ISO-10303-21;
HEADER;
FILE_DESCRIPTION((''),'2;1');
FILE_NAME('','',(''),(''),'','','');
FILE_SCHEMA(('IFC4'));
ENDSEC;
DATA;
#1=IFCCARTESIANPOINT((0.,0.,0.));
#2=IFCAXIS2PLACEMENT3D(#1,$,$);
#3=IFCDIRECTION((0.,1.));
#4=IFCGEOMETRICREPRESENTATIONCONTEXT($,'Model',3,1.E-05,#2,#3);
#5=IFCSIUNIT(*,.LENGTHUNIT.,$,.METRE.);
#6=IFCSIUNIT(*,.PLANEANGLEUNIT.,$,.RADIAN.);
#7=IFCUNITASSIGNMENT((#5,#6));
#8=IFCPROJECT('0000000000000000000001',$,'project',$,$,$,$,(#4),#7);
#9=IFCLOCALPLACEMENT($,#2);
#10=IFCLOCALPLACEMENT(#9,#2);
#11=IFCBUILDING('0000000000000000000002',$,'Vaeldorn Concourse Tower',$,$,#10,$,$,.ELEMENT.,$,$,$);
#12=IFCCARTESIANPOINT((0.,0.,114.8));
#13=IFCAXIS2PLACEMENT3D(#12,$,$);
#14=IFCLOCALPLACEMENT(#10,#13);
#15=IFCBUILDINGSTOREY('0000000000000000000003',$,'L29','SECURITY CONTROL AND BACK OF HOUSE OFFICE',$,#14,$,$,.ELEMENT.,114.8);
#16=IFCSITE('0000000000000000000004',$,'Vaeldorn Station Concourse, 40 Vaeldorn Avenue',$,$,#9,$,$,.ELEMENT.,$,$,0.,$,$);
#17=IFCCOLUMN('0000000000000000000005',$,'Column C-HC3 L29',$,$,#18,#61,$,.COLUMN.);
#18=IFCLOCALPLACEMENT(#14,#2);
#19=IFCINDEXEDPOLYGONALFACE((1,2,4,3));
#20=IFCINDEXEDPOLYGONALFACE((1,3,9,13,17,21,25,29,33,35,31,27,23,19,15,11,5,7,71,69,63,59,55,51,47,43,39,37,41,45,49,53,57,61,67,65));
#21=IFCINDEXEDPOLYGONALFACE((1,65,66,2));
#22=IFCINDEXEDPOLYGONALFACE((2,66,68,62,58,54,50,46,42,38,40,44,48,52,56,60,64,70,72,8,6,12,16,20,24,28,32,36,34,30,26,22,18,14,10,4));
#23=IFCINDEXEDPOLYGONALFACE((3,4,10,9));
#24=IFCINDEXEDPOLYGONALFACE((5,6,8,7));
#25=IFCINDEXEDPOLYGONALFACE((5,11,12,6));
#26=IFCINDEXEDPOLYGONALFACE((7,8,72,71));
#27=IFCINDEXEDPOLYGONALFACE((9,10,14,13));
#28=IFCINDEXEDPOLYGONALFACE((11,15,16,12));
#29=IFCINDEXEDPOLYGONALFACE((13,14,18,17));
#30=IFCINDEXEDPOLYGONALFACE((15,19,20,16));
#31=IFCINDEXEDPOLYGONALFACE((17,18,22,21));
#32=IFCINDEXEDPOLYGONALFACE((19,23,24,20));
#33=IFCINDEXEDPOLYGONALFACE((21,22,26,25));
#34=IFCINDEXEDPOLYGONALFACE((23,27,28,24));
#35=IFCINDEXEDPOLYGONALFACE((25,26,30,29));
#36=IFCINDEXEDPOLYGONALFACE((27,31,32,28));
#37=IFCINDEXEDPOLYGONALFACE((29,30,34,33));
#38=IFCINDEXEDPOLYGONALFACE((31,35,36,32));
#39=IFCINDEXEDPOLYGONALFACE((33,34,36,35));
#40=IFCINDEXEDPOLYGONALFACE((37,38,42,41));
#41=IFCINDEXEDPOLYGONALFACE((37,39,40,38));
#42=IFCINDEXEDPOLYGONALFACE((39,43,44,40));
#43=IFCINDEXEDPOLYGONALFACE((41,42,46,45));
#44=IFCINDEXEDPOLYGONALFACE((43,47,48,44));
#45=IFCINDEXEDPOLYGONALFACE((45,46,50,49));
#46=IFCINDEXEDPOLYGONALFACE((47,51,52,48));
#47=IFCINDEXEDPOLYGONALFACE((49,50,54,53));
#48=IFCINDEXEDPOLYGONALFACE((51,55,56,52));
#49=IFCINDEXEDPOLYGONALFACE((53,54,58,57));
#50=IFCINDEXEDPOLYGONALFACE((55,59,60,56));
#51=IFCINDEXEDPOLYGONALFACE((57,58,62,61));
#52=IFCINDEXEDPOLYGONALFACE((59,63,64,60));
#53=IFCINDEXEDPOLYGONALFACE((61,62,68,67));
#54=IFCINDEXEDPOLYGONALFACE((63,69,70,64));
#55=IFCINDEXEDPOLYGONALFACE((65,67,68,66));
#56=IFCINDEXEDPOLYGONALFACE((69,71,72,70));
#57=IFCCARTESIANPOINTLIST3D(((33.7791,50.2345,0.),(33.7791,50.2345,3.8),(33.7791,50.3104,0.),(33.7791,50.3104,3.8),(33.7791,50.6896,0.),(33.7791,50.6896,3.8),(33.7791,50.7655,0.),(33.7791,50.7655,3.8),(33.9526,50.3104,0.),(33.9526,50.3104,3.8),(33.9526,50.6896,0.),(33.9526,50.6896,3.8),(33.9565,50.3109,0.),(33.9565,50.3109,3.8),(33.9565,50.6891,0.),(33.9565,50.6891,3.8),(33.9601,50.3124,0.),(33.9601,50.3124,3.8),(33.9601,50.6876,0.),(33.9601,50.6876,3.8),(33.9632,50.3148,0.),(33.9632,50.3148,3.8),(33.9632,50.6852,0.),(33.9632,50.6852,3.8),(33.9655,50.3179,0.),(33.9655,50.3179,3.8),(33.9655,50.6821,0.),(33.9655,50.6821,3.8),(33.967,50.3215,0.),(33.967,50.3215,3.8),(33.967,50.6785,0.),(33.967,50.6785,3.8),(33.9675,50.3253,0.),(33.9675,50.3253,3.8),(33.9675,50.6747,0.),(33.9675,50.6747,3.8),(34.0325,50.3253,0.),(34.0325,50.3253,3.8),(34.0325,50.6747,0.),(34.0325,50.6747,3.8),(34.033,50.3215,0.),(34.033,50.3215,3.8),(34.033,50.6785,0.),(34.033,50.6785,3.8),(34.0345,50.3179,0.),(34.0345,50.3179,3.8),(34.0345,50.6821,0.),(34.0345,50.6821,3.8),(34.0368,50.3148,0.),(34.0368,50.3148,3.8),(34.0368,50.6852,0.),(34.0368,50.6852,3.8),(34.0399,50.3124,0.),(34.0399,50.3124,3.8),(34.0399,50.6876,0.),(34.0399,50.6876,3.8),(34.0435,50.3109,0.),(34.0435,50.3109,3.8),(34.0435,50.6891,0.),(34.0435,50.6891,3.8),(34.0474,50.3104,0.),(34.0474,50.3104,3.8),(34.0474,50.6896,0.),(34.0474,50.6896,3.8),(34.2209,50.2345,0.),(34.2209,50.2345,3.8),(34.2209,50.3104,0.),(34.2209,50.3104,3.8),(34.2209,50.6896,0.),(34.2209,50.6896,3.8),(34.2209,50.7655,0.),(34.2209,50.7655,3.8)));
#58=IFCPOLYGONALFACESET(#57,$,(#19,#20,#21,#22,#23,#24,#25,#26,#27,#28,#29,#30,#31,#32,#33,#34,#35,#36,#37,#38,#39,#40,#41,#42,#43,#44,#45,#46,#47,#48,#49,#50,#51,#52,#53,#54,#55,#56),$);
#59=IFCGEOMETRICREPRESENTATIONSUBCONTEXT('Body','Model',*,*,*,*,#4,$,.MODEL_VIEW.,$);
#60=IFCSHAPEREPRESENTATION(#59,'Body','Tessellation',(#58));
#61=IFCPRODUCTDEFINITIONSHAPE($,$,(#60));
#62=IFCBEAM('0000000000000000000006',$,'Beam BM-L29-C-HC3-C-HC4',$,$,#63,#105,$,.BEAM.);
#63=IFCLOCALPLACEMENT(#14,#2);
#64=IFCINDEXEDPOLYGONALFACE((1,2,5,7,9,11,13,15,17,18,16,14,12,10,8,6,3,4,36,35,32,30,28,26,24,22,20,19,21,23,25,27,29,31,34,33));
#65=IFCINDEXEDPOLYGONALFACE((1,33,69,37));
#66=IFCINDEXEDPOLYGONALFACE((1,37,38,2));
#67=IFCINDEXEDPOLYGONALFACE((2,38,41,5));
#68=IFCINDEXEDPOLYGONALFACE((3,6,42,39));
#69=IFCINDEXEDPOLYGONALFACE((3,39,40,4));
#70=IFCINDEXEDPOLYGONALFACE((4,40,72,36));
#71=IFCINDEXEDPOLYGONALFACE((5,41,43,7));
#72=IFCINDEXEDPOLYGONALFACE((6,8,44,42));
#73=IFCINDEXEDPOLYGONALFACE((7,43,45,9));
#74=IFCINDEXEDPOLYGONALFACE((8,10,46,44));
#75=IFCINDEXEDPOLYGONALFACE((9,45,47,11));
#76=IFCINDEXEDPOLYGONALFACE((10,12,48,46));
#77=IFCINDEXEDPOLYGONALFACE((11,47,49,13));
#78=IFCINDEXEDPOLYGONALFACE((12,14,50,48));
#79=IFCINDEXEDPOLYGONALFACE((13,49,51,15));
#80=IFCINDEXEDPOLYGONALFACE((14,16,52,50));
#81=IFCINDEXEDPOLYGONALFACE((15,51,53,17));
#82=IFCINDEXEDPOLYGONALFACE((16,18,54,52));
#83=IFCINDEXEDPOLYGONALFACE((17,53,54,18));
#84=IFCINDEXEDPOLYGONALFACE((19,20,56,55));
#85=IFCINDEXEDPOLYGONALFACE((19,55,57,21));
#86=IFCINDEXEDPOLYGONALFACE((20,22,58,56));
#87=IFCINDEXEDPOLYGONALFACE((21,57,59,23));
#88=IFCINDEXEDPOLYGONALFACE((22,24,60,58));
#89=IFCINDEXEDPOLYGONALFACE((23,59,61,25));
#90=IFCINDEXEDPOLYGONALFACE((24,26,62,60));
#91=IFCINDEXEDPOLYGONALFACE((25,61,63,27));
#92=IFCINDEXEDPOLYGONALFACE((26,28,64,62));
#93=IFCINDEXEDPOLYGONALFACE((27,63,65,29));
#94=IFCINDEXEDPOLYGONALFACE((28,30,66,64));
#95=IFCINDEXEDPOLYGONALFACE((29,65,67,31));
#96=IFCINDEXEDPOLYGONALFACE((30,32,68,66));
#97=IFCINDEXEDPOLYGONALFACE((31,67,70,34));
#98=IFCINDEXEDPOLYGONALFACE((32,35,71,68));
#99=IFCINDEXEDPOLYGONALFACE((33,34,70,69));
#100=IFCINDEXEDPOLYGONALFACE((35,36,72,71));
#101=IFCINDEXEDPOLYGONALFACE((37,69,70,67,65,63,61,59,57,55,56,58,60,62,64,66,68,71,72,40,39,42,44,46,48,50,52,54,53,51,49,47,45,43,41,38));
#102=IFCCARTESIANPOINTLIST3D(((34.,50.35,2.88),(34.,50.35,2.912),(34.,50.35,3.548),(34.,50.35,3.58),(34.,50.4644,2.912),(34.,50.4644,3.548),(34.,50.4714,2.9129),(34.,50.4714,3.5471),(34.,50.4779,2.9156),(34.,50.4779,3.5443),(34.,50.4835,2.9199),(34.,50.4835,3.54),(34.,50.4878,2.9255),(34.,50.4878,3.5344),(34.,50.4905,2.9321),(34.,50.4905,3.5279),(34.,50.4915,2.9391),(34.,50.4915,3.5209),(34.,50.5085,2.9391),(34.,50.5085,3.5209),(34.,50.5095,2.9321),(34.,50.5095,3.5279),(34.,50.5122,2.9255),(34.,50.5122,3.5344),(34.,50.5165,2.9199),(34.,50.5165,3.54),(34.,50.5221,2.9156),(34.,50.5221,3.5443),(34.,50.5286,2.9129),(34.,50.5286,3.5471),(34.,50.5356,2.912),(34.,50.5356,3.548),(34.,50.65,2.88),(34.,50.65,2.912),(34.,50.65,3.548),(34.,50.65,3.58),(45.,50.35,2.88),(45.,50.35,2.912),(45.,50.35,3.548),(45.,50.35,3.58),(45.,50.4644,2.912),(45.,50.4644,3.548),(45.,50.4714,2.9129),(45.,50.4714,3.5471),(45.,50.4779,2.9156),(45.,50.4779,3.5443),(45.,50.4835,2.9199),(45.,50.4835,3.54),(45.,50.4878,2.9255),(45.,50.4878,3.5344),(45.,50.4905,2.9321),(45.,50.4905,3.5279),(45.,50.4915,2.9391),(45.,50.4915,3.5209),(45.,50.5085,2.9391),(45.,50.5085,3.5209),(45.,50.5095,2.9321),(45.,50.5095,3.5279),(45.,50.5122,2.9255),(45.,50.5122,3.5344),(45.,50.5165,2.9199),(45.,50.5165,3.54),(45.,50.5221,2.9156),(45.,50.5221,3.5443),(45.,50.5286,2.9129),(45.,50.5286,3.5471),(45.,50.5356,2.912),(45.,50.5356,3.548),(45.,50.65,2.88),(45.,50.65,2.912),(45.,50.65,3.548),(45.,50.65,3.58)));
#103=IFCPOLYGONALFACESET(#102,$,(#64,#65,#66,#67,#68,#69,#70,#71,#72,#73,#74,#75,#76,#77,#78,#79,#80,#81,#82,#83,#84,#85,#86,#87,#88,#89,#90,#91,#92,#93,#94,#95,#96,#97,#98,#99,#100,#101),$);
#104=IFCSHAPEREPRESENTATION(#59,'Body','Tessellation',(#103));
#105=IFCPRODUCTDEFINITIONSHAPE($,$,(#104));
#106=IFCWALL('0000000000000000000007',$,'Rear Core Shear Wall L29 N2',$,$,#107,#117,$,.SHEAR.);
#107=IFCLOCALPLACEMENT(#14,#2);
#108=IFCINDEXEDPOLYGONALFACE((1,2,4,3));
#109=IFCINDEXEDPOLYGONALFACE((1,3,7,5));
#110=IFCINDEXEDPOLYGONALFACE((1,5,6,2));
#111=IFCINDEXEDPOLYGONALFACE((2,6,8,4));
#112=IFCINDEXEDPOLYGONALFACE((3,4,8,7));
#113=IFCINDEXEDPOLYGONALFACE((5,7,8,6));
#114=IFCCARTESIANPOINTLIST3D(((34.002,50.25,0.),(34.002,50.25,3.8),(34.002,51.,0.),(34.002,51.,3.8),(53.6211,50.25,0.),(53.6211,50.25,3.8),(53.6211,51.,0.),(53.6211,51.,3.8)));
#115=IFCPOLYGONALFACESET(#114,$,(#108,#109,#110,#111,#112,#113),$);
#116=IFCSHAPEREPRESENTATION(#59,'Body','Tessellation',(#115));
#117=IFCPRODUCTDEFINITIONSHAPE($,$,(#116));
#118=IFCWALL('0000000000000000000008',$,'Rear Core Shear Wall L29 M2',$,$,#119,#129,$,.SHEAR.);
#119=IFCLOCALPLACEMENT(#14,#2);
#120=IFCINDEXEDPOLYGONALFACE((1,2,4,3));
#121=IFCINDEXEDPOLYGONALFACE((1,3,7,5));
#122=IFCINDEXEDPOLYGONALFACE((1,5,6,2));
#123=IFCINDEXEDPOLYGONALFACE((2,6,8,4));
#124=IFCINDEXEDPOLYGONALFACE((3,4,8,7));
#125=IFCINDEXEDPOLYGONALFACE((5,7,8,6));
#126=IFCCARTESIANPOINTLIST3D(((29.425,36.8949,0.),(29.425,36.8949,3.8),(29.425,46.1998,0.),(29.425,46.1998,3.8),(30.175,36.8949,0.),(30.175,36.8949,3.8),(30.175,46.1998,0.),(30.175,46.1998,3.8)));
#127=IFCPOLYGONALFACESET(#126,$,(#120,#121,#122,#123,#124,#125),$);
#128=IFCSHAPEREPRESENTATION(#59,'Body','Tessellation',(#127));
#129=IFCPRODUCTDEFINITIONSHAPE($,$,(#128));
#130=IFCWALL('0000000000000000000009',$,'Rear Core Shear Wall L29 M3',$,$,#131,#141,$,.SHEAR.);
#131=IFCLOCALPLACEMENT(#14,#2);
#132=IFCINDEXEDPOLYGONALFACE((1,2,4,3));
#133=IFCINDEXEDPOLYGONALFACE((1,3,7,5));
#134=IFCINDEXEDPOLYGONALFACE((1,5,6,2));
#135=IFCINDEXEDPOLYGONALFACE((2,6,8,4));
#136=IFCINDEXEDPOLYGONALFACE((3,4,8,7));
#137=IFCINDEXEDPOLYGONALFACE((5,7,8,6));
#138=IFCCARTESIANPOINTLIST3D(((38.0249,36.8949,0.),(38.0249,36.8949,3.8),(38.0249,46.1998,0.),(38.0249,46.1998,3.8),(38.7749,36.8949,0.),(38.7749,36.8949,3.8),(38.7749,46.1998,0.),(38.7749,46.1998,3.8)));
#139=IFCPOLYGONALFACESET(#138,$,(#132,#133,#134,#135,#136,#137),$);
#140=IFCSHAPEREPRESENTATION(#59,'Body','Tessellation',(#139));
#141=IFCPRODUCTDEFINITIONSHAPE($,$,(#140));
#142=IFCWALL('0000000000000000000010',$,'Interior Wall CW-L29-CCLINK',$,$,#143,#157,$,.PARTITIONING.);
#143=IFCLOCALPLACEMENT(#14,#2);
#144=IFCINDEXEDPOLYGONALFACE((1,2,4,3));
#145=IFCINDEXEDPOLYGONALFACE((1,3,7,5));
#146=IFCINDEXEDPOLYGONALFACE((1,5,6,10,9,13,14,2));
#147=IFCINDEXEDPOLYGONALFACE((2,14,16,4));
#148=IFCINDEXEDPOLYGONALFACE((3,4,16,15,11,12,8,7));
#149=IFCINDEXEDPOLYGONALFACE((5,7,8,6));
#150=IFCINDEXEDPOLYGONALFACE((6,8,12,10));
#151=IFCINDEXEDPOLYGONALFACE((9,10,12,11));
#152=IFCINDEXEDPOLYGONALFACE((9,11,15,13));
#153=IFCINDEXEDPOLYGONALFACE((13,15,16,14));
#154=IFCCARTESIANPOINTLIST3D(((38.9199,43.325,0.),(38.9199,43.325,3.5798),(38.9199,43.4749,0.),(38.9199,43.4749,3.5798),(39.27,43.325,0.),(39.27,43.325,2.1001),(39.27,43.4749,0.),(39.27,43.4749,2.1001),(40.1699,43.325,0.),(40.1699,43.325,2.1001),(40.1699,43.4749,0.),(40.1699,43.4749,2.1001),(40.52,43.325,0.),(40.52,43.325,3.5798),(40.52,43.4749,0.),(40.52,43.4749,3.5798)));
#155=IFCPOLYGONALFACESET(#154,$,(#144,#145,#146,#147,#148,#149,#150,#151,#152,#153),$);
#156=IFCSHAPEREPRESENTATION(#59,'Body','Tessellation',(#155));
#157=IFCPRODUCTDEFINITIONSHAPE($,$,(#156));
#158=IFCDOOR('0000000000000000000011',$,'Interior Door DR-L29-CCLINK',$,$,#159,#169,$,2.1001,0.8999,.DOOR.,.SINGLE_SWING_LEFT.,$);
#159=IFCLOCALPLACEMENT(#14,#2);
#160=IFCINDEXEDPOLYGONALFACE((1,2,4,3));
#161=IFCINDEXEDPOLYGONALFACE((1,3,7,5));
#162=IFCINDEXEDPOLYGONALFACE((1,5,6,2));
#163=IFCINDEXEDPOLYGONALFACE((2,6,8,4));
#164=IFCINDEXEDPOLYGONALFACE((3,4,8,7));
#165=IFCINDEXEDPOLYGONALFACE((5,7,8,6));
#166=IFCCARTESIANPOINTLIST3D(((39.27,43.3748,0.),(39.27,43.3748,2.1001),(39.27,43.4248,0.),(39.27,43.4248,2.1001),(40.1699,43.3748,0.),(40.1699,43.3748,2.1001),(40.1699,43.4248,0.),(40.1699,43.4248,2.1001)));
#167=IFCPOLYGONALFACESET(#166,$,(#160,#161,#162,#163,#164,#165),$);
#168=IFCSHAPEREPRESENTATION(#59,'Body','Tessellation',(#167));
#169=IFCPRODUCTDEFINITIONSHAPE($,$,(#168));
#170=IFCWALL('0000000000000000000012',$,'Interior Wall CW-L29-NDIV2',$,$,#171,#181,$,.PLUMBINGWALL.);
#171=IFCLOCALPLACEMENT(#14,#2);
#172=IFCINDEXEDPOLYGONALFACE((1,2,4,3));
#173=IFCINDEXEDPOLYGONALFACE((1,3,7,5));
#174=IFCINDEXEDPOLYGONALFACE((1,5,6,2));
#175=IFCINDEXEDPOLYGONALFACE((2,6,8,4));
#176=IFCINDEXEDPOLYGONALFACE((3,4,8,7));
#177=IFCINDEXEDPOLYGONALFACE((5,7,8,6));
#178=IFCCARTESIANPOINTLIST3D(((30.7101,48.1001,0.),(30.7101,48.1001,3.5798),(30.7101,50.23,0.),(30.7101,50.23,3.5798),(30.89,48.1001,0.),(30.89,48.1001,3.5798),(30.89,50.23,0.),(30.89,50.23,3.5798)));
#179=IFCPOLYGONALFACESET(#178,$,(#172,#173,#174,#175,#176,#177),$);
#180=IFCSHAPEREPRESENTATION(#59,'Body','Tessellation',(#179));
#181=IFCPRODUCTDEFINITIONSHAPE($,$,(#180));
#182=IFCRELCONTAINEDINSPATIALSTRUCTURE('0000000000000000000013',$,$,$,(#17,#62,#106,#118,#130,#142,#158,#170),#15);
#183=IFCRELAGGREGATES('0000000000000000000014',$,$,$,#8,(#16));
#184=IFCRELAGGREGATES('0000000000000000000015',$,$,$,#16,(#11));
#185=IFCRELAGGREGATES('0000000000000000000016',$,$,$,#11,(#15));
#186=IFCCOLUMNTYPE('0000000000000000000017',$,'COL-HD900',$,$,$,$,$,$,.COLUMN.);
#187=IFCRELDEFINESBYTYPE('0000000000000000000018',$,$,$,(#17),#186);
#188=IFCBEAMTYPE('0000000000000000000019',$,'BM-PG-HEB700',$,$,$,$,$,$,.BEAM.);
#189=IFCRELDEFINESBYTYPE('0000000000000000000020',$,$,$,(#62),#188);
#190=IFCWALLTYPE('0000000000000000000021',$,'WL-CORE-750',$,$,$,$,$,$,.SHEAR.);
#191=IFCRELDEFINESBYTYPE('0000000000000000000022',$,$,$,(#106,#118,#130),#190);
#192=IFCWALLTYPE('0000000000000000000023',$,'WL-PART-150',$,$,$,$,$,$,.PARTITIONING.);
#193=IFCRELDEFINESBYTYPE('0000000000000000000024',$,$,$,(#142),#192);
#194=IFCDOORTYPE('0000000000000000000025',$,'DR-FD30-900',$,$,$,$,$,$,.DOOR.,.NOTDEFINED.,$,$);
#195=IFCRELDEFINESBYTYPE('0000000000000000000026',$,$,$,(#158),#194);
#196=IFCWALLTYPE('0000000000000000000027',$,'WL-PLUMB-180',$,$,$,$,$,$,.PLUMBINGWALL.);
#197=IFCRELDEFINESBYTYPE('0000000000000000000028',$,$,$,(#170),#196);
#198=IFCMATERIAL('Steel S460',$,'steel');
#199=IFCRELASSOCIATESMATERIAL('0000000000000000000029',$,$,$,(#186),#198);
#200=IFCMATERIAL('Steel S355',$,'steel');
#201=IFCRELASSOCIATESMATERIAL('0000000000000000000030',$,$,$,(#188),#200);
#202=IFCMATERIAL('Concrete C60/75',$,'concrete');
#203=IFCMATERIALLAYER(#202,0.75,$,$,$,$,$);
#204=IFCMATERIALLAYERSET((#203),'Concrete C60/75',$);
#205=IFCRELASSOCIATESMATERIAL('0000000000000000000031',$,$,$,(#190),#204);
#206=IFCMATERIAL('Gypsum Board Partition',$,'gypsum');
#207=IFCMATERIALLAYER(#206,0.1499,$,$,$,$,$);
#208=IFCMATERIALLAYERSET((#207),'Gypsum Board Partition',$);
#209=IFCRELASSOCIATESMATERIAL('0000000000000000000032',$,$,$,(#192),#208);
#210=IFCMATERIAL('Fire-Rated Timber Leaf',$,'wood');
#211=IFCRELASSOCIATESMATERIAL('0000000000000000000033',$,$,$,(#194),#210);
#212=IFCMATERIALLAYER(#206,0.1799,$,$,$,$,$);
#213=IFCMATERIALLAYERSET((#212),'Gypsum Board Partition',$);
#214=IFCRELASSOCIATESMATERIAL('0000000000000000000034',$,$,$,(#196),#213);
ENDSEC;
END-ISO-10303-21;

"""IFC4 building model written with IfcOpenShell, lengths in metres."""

from ifc_helpers import new_model, si_unit, direction, frame, frame_2d, origin, origin_2d, place, context, subcontext, project, spatial, rectangle, i_section, extrude, source, transform, mapped, material, layer, layer_set, material_profile, profile_set, type_object, element, fill, save


model = new_model("IFC4")

# Units and contexts
model_context = context("Model", 3, precision=1e-05, world=origin(), true_north=direction((0.0, 1.0)))
body_context = subcontext(model_context, "Body", "Model", "MODEL_VIEW")
ifc_project = project(units=[si_unit("LENGTHUNIT", "METRE"), si_unit("PLANEANGLEUNIT", "RADIAN")], contexts=[model_context])

# Site, building, storey
site_placement = place(None, origin())
site = spatial("IfcSite", under=ifc_project, at=site_placement, Name="Vaeldorn Station Concourse, 40 Vaeldorn Avenue", CompositionType="ELEMENT", RefElevation=0.0)
building_placement = place(site_placement, origin())
building = spatial("IfcBuilding", under=site, at=building_placement, Name="Vaeldorn Concourse Tower", CompositionType="ELEMENT")
storey_placement = place(building_placement, frame((0.0, 0.0, 114.8)))
storey = spatial("IfcBuildingStorey", under=building, at=storey_placement, Name="L29", Description="SECURITY CONTROL AND BACK OF HOUSE OFFICE", CompositionType="ELEMENT", Elevation=114.8)

# Column
ifc_material_1 = material(Name="Steel S460", Category="steel")
ifc_material_profile_1 = material_profile(ifc_material_1, i_section(OverallWidth=0.4419, OverallDepth=0.531, WebThickness=0.0649, FlangeThickness=0.0759, FilletRadius=0.0149, at=origin_2d()), Name="HD 400x900")
ifc_profile_set_1 = profile_set([ifc_material_profile_1], Name="Steel S460")
column_type = type_object("IfcColumnType", Name="COL-HD900", PredefinedType="COLUMN", material=ifc_profile_set_1)
shared_shape_1 = source(origin(), body_context, "Body", "SweptSolid", [
    extrude(i_section(OverallWidth=0.4419, OverallDepth=0.531, WebThickness=0.0649, FlangeThickness=0.0759, FilletRadius=0.0149, at=origin_2d()), origin(), (0.0, 0.0, 1.0), 3.8),
])
column_placement = place(storey_placement, frame((34.0, 50.5, 0.0), z_axis=(0.0, 0.0, 1.0), x_axis=(1.0, 0.0, 0.0)))
element("IfcColumn", 1, at=column_placement, inside=storey, type_object=column_type, Name="Column C-HC3 L29", PredefinedType="COLUMN", context=body_context, shape_type="MappedRepresentation", body=[
    mapped(shared_shape_1, transform((0.0, 0.0, 0.0), scale=1.0)),
])

# Beam
ifc_material_2 = material(Name="Steel S355", Category="steel")
ifc_material_profile_2 = material_profile(ifc_material_2, i_section(OverallWidth=0.3, OverallDepth=0.7, WebThickness=0.0171, FlangeThickness=0.032, FilletRadius=0.0271, at=origin_2d()), Name="HEB 700")
ifc_profile_set_2 = profile_set([ifc_material_profile_2], Name="Steel S355")
beam_type = type_object("IfcBeamType", Name="BM-PG-HEB700", PredefinedType="BEAM", material=ifc_profile_set_2)
shared_shape_2 = source(origin(), body_context, "Body", "SweptSolid", [
    extrude(i_section(OverallWidth=0.3, OverallDepth=0.7, WebThickness=0.0171, FlangeThickness=0.032, FilletRadius=0.0271, at=origin_2d()), origin(), (0.0, 0.0, 1.0), 11.0),
])
beam_placement = place(storey_placement, frame((34.0, 50.5, 3.23), z_axis=(1.0, 0.0, 0.0), x_axis=(0.0, 1.0, 0.0)))
element("IfcBeam", 2, at=beam_placement, inside=storey, type_object=beam_type, Name="Beam BM-L29-C-HC3-C-HC4", PredefinedType="BEAM", context=body_context, shape_type="MappedRepresentation", body=[
    mapped(shared_shape_2, transform((0.0, 0.0, 0.0), scale=1.0)),
])

# Walls
ifc_material_3 = material(Name="Concrete C60/75", Category="concrete")
ifc_layer_1 = layer(ifc_material_3, 0.75)
ifc_layer_set_1 = layer_set([ifc_layer_1], Name="Concrete C60/75")
wall_type_1 = type_object("IfcWallType", Name="WL-CORE-750", PredefinedType="SHEAR", material=ifc_layer_set_1)
wall_1_placement = place(storey_placement, frame((34.002, 50.625, 0.0), z_axis=(0.0, 0.0, 1.0), x_axis=(1.0, 0.0, 0.0)))
element("IfcWall", 3, at=wall_1_placement, inside=storey, type_object=wall_type_1, Name="Rear Core Shear Wall L29 N2", PredefinedType="SHEAR", context=body_context, shape_type="SweptSolid", body=[
    extrude(rectangle(XDim=19.6191, YDim=0.75, at=frame_2d((9.8096, 0.0))), origin(), (0.0, 0.0, 1.0), 3.8),
])
for number, where, z_axis, x_axis, name in (
    (4, (29.8, 36.895, 0.0), (0.0, 0.0, 1.0), (0.0, 1.0, 0.0), "Rear Core Shear Wall L29 M2"),
    (5, (38.3999, 36.895, 0.0), (0.0, 0.0, 1.0), (0.0, 1.0, 0.0), "Rear Core Shear Wall L29 M3"),
):
    element("IfcWall", number, at=place(storey_placement, frame(where, z_axis=z_axis, x_axis=x_axis)), inside=storey, type_object=wall_type_1, Name=name, PredefinedType="SHEAR", context=body_context, shape_type="SweptSolid", body=[
        extrude(rectangle(XDim=9.3049, YDim=0.75, at=frame_2d((4.6523, 0.0))), origin(), (0.0, 0.0, 1.0), 3.8),
    ])

# Wall, opening, door
ifc_material_4 = material(Name="Gypsum Board Partition", Category="gypsum")
ifc_layer_2 = layer(ifc_material_4, 0.1499)
ifc_layer_set_2 = layer_set([ifc_layer_2], Name="Gypsum Board Partition")
wall_type_2 = type_object("IfcWallType", Name="WL-PART-150", PredefinedType="PARTITIONING", material=ifc_layer_set_2)
wall_2_placement = place(storey_placement, frame((38.9199, 43.3999, 0.0), z_axis=(0.0, 0.0, 1.0), x_axis=(1.0, 0.0, 0.0)))
wall_2 = element("IfcWall", 6, at=wall_2_placement, inside=storey, type_object=wall_type_2, Name="Interior Wall CW-L29-CCLINK", PredefinedType="PARTITIONING", context=body_context, shape_type="SweptSolid", body=[
    extrude(rectangle(XDim=1.6001, YDim=0.1499, at=frame_2d((0.8, 0.0))), origin(), (0.0, 0.0, 1.0), 3.5798),
])
opening_1_placement = place(wall_2_placement, frame((0.3501, 0.0, 0.0)))
opening_1 = element("IfcOpeningElement", 7, at=opening_1_placement, cuts=wall_2, PredefinedType="OPENING", context=body_context, shape_type="SweptSolid", body=[
    extrude(rectangle(XDim=0.8999, YDim=2.1001, at=frame_2d((0.45, 1.05))), frame((0.0, 0.085, 0.0), z_axis=(0.0, -1.0, 0.0), x_axis=(1.0, 0.0, 0.0)), (0.0, 0.0, 1.0), 0.1699),
])
ifc_material_5 = material(Name="Fire-Rated Timber Leaf", Category="wood")
door_type_1 = type_object("IfcDoorType", Name="DR-FD30-900", OperationType="NOTDEFINED", PredefinedType="DOOR", material=ifc_material_5)
shared_shape_3 = source(origin(), body_context, "Body", "SweptSolid", [
    extrude(rectangle(XDim=0.8999, YDim=2.1001, at=frame_2d((0.45, 1.05))), frame((0.0, 0.0249, 0.0), z_axis=(0.0, -1.0, 0.0), x_axis=(1.0, 0.0, 0.0)), (0.0, 0.0, 1.0), 0.05),
])
door_1_placement = place(opening_1_placement, origin())
door_1 = element("IfcDoor", 8, at=door_1_placement, inside=storey, type_object=door_type_1, Name="Interior Door DR-L29-CCLINK", OperationType="SINGLE_SWING_LEFT", OverallHeight=2.1001, OverallWidth=0.8999, PredefinedType="DOOR", context=body_context, shape_type="MappedRepresentation", body=[
    mapped(shared_shape_3, transform((0.0, 0.0, 0.0), scale=1.0)),
])
fill(opening_1, door_1)

# Wall
ifc_layer_3 = layer(ifc_material_4, 0.1799)
ifc_layer_set_3 = layer_set([ifc_layer_3], Name="Gypsum Board Partition")
wall_type_3 = type_object("IfcWallType", Name="WL-PLUMB-180", PredefinedType="PLUMBINGWALL", material=ifc_layer_set_3)
wall_3_placement = place(storey_placement, frame((30.8, 48.1001, 0.0), z_axis=(0.0, 0.0, 1.0), x_axis=(0.0, 1.0, 0.0)))
element("IfcWall", 9, at=wall_3_placement, inside=storey, type_object=wall_type_3, Name="Interior Wall CW-L29-NDIV2", PredefinedType="PLUMBINGWALL", context=body_context, shape_type="SweptSolid", body=[
    extrude(rectangle(XDim=2.1299, YDim=0.1799, at=frame_2d((1.0649, 0.0))), origin(), (0.0, 0.0, 1.0), 3.5798),
])

save(model, "model.ifc")
